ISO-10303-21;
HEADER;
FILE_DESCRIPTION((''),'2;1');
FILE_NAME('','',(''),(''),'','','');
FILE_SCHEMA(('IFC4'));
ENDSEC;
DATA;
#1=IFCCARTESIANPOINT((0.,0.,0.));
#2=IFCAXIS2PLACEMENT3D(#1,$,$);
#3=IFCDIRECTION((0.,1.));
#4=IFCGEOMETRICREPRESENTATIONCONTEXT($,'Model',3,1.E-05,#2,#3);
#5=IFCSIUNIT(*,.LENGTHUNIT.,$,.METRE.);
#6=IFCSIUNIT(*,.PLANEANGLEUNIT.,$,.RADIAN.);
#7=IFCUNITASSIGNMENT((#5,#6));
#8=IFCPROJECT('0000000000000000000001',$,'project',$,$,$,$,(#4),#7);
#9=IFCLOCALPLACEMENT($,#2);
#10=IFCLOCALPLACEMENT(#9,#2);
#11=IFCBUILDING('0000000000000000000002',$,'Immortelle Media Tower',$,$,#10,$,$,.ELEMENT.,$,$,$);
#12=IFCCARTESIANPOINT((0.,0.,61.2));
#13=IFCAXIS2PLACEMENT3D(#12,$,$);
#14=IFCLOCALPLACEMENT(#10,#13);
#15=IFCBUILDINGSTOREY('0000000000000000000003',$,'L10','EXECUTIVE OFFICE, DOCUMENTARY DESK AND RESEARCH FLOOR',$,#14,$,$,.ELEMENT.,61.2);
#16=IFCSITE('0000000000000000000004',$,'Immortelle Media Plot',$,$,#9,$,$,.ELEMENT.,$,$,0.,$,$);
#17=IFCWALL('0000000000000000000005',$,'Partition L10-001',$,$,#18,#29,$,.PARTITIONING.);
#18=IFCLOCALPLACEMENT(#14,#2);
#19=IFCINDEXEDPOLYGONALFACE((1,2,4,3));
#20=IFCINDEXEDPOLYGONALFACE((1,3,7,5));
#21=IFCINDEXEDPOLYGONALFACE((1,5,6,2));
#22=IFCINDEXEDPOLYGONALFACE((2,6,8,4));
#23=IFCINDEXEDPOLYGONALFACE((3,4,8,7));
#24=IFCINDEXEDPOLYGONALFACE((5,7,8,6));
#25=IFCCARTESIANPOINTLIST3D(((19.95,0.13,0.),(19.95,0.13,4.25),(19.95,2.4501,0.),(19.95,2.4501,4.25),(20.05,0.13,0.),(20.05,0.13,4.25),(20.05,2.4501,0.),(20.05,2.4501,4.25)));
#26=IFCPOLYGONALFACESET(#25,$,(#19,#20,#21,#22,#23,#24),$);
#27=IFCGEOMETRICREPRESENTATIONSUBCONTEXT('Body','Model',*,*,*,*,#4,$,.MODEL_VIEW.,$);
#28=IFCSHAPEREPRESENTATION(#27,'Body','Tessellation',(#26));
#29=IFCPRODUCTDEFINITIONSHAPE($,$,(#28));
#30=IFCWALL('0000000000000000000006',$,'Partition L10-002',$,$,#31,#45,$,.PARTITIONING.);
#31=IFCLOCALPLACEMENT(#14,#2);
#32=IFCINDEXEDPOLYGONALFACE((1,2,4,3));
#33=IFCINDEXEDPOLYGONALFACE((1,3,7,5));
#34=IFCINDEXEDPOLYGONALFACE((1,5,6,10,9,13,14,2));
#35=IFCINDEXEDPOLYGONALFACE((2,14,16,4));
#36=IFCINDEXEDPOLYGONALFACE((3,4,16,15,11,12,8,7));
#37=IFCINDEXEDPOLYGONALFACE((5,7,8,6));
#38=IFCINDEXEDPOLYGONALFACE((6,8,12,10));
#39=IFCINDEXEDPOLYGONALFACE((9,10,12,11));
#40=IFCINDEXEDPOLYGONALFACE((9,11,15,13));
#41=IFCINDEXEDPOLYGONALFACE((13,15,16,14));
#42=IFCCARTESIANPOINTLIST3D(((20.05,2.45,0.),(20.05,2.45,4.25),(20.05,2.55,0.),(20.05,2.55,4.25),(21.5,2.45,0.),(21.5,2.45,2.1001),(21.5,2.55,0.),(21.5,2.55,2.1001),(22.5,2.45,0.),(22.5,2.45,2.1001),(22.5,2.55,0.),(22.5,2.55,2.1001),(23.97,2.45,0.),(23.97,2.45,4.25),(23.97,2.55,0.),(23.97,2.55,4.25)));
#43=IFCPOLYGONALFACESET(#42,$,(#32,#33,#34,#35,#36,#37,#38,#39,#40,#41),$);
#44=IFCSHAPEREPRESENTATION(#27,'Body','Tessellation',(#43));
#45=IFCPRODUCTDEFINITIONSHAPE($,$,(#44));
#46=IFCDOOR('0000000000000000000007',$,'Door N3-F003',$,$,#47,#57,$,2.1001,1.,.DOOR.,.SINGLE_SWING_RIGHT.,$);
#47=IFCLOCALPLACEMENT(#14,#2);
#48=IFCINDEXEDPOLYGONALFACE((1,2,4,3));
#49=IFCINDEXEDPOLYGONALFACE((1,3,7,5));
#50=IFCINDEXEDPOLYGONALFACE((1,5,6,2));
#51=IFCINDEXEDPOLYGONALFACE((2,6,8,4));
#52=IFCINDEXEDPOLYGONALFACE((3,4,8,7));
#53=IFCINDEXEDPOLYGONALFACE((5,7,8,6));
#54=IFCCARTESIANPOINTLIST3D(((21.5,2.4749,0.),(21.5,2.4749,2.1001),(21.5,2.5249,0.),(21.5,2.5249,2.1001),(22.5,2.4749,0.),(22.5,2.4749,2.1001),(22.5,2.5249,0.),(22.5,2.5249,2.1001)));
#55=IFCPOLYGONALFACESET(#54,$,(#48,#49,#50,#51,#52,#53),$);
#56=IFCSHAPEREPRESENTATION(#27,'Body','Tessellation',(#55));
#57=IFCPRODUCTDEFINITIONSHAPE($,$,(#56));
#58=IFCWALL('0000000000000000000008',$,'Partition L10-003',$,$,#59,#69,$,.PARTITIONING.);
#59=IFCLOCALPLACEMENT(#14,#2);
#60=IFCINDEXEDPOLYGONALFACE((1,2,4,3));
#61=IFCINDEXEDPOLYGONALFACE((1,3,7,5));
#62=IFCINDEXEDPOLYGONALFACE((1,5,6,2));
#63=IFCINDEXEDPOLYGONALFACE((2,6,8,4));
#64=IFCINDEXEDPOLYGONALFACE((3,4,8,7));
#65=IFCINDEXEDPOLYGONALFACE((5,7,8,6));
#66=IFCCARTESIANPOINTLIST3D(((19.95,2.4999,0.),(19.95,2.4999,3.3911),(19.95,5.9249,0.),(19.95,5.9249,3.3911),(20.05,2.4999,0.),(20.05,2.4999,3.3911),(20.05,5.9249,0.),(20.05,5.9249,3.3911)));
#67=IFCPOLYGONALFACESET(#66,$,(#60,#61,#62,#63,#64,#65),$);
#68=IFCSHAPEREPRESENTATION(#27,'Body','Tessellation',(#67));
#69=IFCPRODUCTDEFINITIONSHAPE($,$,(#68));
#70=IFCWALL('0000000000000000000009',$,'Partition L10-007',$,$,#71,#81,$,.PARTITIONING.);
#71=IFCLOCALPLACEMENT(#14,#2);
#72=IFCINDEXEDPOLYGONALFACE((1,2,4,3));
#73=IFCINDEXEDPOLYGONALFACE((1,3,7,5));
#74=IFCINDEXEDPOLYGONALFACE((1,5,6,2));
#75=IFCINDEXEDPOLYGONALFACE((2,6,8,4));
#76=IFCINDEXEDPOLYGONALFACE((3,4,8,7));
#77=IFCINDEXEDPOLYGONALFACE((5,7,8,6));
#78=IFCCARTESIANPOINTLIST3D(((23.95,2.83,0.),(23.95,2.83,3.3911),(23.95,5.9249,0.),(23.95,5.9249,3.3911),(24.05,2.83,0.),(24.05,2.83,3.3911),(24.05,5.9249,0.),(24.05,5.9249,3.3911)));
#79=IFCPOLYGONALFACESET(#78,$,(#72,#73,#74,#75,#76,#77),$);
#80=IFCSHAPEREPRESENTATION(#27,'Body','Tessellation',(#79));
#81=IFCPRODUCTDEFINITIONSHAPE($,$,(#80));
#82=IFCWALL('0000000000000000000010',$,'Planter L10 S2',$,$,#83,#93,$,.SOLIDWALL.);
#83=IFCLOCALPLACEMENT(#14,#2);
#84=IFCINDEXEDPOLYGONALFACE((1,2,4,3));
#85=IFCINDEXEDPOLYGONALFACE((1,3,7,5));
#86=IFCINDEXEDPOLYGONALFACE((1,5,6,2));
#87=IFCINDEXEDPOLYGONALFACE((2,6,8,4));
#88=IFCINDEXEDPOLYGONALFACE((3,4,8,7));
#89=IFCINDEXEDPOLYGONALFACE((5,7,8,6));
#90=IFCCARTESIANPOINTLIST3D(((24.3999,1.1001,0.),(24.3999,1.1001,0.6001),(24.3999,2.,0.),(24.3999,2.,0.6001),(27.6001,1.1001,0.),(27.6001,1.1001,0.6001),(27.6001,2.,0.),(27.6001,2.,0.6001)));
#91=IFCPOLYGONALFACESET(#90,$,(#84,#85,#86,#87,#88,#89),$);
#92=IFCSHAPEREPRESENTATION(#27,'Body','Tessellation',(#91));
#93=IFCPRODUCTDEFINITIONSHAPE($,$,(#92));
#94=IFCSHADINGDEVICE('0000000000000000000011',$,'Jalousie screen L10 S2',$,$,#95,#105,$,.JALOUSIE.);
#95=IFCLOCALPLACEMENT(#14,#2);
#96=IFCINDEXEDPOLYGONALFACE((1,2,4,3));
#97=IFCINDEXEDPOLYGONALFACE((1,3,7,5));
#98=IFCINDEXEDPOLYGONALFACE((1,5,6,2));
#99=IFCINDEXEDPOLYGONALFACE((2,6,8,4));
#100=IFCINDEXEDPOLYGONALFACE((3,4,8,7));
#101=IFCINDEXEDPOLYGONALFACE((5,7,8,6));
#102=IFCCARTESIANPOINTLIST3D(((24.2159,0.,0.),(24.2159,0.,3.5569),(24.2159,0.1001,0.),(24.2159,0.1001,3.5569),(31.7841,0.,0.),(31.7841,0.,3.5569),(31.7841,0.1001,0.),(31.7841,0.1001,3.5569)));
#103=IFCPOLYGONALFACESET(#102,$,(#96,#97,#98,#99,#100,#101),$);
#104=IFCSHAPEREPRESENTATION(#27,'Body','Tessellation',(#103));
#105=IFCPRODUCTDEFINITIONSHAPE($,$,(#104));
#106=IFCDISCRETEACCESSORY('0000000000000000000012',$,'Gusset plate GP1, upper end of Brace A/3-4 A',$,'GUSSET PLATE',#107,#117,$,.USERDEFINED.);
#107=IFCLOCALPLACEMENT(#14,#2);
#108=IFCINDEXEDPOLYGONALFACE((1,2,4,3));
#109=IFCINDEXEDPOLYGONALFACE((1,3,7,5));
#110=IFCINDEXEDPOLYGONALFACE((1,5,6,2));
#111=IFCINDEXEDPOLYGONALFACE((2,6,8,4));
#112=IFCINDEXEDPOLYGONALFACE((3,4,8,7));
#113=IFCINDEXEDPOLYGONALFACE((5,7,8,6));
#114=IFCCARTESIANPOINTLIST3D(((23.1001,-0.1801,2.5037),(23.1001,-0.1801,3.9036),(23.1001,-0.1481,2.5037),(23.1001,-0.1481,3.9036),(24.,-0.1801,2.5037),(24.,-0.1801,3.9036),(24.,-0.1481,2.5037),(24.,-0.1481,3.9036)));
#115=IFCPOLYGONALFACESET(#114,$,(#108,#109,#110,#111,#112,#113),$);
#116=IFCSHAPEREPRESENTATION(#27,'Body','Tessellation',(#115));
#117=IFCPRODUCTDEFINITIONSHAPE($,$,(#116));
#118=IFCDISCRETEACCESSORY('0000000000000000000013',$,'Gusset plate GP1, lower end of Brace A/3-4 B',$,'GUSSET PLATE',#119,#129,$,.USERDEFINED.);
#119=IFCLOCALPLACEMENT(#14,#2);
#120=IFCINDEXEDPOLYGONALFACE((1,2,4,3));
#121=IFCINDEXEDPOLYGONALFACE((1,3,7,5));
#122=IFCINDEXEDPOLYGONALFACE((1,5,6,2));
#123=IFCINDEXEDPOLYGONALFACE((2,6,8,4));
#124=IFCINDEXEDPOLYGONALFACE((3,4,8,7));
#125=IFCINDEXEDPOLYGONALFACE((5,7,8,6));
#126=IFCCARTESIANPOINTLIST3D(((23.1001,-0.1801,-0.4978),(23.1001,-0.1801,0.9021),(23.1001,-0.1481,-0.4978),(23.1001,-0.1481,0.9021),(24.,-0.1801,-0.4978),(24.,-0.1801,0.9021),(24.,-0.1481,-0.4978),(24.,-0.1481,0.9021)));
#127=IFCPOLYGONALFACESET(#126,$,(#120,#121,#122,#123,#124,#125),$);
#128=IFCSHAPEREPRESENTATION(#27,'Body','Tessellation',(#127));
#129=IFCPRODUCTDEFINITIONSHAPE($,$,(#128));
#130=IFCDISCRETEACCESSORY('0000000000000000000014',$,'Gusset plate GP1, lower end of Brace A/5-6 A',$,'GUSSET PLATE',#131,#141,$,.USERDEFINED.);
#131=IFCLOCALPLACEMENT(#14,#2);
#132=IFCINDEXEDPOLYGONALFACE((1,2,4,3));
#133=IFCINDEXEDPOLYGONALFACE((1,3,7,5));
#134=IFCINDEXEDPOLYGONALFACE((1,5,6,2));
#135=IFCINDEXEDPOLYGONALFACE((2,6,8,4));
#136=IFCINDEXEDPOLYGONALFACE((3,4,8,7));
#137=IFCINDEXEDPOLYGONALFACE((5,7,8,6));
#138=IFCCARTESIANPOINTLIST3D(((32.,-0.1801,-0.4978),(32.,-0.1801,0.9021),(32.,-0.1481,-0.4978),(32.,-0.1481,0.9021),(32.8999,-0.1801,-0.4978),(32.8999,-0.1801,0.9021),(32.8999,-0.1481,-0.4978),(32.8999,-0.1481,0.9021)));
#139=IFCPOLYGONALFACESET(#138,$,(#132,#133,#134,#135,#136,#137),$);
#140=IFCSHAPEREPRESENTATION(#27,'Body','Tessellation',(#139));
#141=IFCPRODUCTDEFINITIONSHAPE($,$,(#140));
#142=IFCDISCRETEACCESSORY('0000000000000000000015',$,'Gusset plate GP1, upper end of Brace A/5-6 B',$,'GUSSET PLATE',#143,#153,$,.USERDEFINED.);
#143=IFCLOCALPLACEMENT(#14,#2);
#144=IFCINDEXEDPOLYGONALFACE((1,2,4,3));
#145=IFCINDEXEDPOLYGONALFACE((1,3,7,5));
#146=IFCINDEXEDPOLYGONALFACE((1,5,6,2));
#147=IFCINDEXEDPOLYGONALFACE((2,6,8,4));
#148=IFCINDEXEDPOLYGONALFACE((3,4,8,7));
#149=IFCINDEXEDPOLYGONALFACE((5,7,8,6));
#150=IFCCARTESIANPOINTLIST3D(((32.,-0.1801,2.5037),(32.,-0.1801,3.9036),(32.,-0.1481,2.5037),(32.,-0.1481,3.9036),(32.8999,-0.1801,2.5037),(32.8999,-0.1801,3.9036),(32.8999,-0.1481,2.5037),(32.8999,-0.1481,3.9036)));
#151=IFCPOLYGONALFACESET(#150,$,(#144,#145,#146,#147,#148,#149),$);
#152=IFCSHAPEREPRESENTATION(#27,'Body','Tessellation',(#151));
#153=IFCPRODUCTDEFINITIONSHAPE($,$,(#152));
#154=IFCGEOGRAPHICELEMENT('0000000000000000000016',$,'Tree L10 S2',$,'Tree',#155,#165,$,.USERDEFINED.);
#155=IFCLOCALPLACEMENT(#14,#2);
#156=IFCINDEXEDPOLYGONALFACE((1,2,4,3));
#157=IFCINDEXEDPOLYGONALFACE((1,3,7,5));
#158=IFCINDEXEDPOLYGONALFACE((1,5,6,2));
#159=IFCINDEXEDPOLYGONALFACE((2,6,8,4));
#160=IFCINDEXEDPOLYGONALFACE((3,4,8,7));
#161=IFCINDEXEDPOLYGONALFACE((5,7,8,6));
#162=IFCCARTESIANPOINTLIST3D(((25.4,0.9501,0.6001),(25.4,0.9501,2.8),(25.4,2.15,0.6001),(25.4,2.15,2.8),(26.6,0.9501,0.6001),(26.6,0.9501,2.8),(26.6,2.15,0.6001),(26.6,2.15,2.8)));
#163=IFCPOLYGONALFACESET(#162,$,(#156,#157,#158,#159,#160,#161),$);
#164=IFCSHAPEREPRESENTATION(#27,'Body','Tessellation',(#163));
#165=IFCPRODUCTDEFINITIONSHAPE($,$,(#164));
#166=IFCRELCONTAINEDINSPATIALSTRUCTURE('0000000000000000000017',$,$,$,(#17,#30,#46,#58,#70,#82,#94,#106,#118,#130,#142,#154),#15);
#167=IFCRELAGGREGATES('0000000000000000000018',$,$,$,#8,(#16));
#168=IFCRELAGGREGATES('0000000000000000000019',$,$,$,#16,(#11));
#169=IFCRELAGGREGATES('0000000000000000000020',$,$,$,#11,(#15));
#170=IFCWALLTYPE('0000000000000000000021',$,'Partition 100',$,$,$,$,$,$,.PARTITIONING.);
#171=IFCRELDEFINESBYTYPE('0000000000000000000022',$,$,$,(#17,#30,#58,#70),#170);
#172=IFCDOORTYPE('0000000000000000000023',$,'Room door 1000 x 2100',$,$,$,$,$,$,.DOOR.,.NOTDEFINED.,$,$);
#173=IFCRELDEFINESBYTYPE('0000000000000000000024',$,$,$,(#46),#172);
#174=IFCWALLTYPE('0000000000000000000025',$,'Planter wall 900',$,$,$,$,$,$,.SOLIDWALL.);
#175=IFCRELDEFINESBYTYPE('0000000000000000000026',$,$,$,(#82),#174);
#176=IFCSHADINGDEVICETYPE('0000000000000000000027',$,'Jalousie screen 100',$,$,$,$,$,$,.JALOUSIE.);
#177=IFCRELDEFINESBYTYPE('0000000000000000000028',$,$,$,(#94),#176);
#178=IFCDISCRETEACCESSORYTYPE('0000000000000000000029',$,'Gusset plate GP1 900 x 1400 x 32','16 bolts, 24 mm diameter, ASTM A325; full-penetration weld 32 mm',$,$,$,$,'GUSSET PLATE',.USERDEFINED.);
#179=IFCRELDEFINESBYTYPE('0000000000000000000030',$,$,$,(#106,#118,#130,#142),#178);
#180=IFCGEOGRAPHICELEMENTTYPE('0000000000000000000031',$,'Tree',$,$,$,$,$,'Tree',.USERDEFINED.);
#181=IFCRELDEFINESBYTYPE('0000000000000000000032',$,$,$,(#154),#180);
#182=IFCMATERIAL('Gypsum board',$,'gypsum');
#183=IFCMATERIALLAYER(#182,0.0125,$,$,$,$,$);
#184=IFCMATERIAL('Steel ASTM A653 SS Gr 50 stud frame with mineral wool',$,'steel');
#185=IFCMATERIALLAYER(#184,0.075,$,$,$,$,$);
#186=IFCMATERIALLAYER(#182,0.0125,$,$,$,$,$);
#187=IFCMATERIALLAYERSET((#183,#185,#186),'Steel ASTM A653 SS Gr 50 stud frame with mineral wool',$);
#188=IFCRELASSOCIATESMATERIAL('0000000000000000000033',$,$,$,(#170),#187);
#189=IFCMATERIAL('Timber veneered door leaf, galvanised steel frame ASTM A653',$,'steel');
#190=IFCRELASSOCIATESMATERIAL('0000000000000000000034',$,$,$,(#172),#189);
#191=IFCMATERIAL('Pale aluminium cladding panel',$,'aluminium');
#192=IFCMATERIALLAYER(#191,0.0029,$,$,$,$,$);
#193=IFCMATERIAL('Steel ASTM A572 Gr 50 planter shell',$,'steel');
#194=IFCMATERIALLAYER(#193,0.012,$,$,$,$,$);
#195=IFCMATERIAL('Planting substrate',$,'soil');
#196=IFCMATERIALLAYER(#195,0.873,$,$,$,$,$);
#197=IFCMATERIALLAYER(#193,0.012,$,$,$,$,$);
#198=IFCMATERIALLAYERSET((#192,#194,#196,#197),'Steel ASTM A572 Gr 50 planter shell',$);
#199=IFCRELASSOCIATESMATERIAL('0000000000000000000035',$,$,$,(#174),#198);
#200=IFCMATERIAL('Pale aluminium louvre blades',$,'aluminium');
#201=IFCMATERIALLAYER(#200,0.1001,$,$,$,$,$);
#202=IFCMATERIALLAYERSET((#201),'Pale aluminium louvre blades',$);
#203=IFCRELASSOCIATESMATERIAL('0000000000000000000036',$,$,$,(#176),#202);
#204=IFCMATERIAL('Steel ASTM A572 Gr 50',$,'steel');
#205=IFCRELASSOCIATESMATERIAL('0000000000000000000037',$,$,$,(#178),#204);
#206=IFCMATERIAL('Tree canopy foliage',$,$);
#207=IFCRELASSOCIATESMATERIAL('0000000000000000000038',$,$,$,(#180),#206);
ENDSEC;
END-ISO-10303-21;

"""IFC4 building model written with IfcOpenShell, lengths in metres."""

from ifc_helpers import new_model, si_unit, direction, frame, frame_2d, origin, origin_2d, place, context, subcontext, project, spatial, rectangle, extrude, material, layer, layer_set, material_profile, profile_set, type_object, element, fill, save


model = new_model("IFC4")

# Units and contexts
model_context = context("Model", 3, precision=1e-05, world=origin(), true_north=direction((0.0, 1.0)))
body_context = subcontext(model_context, "Body", "Model", "MODEL_VIEW")
ifc_project = project(units=[si_unit("LENGTHUNIT", "METRE"), si_unit("PLANEANGLEUNIT", "RADIAN")], contexts=[model_context])

# Site, building, storey
site_placement = place(None, origin())
site = spatial("IfcSite", under=ifc_project, at=site_placement, Name="Immortelle Media Plot", CompositionType="ELEMENT", RefElevation=0.0)
building_placement = place(site_placement, origin())
building = spatial("IfcBuilding", under=site, at=building_placement, Name="Immortelle Media Tower", CompositionType="ELEMENT")
storey_placement = place(building_placement, frame((0.0, 0.0, 61.2)))
storey = spatial("IfcBuildingStorey", under=building, at=storey_placement, Name="L10", Description="EXECUTIVE OFFICE, DOCUMENTARY DESK AND RESEARCH FLOOR", CompositionType="ELEMENT", Elevation=61.2)

# Shared definitions
ifc_material_1 = material(Name="Steel ASTM A653 SS Gr 50 stud frame with mineral wool", Category="steel")

# Shared definitions
ifc_material_2 = material(Name="Pale aluminium cladding panel", Category="aluminium")

# Wall
ifc_material_3 = material(Name="Gypsum board", Category="gypsum")
ifc_layer_1 = layer(ifc_material_3, 0.0125)
ifc_layer_2 = layer(ifc_material_1, 0.075)
ifc_layer_3 = layer(ifc_material_3, 0.0125)
ifc_layer_set_1 = layer_set([ifc_layer_1, ifc_layer_2, ifc_layer_3], Name="Steel ASTM A653 SS Gr 50 stud frame with mineral wool")
wall_type_1 = type_object("IfcWallType", Name="Partition 100", PredefinedType="PARTITIONING", material=ifc_layer_set_1)
wall_1_placement = place(storey_placement, frame((20.0, 0.1299, 0.0), z_axis=(0.0, 0.0, 1.0), x_axis=(0.0, 1.0, 0.0)))
element("IfcWall", 1, at=wall_1_placement, inside=storey, type_object=wall_type_1, Name="Partition L10-001", PredefinedType="PARTITIONING", context=body_context, shape_type="SweptSolid", body=[
    extrude(rectangle(XDim=2.3201, YDim=0.1001, at=frame_2d((1.1602, 0.0))), origin(), (0.0, 0.0, 1.0), 4.25),
])

# Wall, opening, door
wall_2_placement = place(storey_placement, frame((20.05, 2.5, 0.0), z_axis=(0.0, 0.0, 1.0), x_axis=(1.0, 0.0, 0.0)))
wall_2 = element("IfcWall", 2, at=wall_2_placement, inside=storey, type_object=wall_type_1, Name="Partition L10-002", PredefinedType="PARTITIONING", context=body_context, shape_type="SweptSolid", body=[
    extrude(rectangle(XDim=3.9199, YDim=0.1001, at=frame_2d((1.96, 0.0))), origin(), (0.0, 0.0, 1.0), 4.25),
])
opening_1_placement = place(wall_2_placement, frame((1.45, 0.0, 0.0)))
opening_1 = element("IfcOpeningElement", 3, at=opening_1_placement, cuts=wall_2, PredefinedType="OPENING", context=body_context, shape_type="SweptSolid", body=[
    extrude(rectangle(XDim=1.0, YDim=2.1001, at=frame_2d((0.5, 1.05))), frame((0.0, 0.0601, 0.0), z_axis=(0.0, -1.0, 0.0), x_axis=(1.0, 0.0, 0.0)), (0.0, 0.0, 1.0), 0.1201),
])
ifc_material_4 = material(Name="Timber veneered door leaf, galvanised steel frame ASTM A653", Category="steel")
door_type_1 = type_object("IfcDoorType", Name="Room door 1000 x 2100", OperationType="NOTDEFINED", PredefinedType="DOOR", material=ifc_material_4)
door_1_placement = place(opening_1_placement, origin())
door_1 = element("IfcDoor", 4, at=door_1_placement, inside=storey, type_object=door_type_1, Name="Door N3-F003", OperationType="SINGLE_SWING_RIGHT", OverallHeight=2.1001, OverallWidth=1.0, PredefinedType="DOOR", context=body_context, shape_type="SweptSolid", body=[
    extrude(rectangle(XDim=1.0, YDim=2.1001, at=frame_2d((0.5, 1.05))), frame((0.0, 0.0249, 0.0), z_axis=(0.0, -1.0, 0.0), x_axis=(1.0, 0.0, 0.0)), (0.0, 0.0, 1.0), 0.05),
])
fill(opening_1, door_1)

# Walls
wall_3_placement = place(storey_placement, frame((20.0, 2.5, 0.0), z_axis=(0.0, 0.0, 1.0), x_axis=(0.0, 1.0, 0.0)))
element("IfcWall", 5, at=wall_3_placement, inside=storey, type_object=wall_type_1, Name="Partition L10-003", PredefinedType="PARTITIONING", context=body_context, shape_type="SweptSolid", body=[
    extrude(rectangle(XDim=3.425, YDim=0.1001, at=frame_2d((1.7124, 0.0))), origin(), (0.0, 0.0, 1.0), 3.3911),
])
wall_4_placement = place(storey_placement, frame((24.0, 2.8301, 0.0), z_axis=(0.0, 0.0, 1.0), x_axis=(0.0, 1.0, 0.0)))
element("IfcWall", 6, at=wall_4_placement, inside=storey, type_object=wall_type_1, Name="Partition L10-007", PredefinedType="PARTITIONING", context=body_context, shape_type="SweptSolid", body=[
    extrude(rectangle(XDim=3.095, YDim=0.1001, at=frame_2d((1.5474, 0.0))), origin(), (0.0, 0.0, 1.0), 3.3911),
])
ifc_layer_4 = layer(ifc_material_2, 0.0029)
ifc_material_5 = material(Name="Steel ASTM A572 Gr 50 planter shell", Category="steel")
ifc_layer_5 = layer(ifc_material_5, 0.012)
ifc_material_6 = material(Name="Planting substrate", Category="soil")
ifc_layer_6 = layer(ifc_material_6, 0.873)
ifc_layer_7 = layer(ifc_material_5, 0.012)
ifc_layer_set_2 = layer_set([ifc_layer_4, ifc_layer_5, ifc_layer_6, ifc_layer_7], Name="Steel ASTM A572 Gr 50 planter shell")
wall_type_2 = type_object("IfcWallType", Name="Planter wall 900", PredefinedType="SOLIDWALL", material=ifc_layer_set_2)
wall_5_placement = place(storey_placement, frame((24.3999, 1.55, 0.0), z_axis=(0.0, 0.0, 1.0), x_axis=(1.0, 0.0, 0.0)))
element("IfcWall", 7, at=wall_5_placement, inside=storey, type_object=wall_type_2, Name="Planter L10 S2", PredefinedType="SOLIDWALL", context=body_context, shape_type="SweptSolid", body=[
    extrude(rectangle(XDim=3.2002, YDim=0.8999, at=frame_2d((1.6001, 0.0))), origin(), (0.0, 0.0, 1.0), 0.6001),
])

# Shading device
ifc_material_7 = material(Name="Pale aluminium louvre blades", Category="aluminium")
ifc_layer_8 = layer(ifc_material_7, 0.1001)
ifc_layer_set_3 = layer_set([ifc_layer_8], Name="Pale aluminium louvre blades")
shading_device_type = type_object("IfcShadingDeviceType", Name="Jalousie screen 100", PredefinedType="JALOUSIE", material=ifc_layer_set_3)
shading_device_placement = place(storey_placement, frame((28.0, 0.05, 0.0), z_axis=(0.0, 0.0, 1.0), x_axis=(1.0, 0.0, 0.0)))
element("IfcShadingDevice", 8, at=shading_device_placement, inside=storey, type_object=shading_device_type, Name="Jalousie screen L10 S2", PredefinedType="JALOUSIE", context=body_context, shape_type="SweptSolid", body=[
    extrude(rectangle(XDim=7.5681, YDim=0.1001, at=origin_2d()), origin(), (0.0, 0.0, 1.0), 3.5569),
])

# Discrete accessories
ifc_material_8 = material(Name="Steel ASTM A572 Gr 50", Category="steel")
ifc_material_profile_1 = material_profile(ifc_material_8, rectangle(XDim=0.032, YDim=1.3999, at=origin_2d()), Name="PL 32 x 1400")
ifc_profile_set_1 = profile_set([ifc_material_profile_1], Name="Steel ASTM A572 Gr 50")
discrete_accessory_type = type_object("IfcDiscreteAccessoryType", Name="Gusset plate GP1 900 x 1400 x 32", Description="16 bolts, 24 mm diameter, ASTM A325; full-penetration weld 32 mm", ElementType="GUSSET PLATE", PredefinedType="USERDEFINED", material=ifc_profile_set_1)
for number, where, z_axis, x_axis, name in (
    (9, (24.0, -0.1641, 3.2036), (-1.0, 0.0, 0.0), (0.0, -1.0, 0.0), "Gusset plate GP1, upper end of Brace A/3-4 A"),
    (10, (24.0, -0.1641, 0.2021), (-1.0, 0.0, 0.0), (0.0, -1.0, 0.0), "Gusset plate GP1, lower end of Brace A/3-4 B"),
    (11, (32.0, -0.1641, 0.2021), (1.0, 0.0, 0.0), (0.0, 1.0, 0.0), "Gusset plate GP1, lower end of Brace A/5-6 A"),
    (12, (32.0, -0.1641, 3.2036), (1.0, 0.0, 0.0), (0.0, 1.0, 0.0), "Gusset plate GP1, upper end of Brace A/5-6 B"),
):
    element("IfcDiscreteAccessory", number, at=place(storey_placement, frame(where, z_axis=z_axis, x_axis=x_axis)), inside=storey, type_object=discrete_accessory_type, Name=name, ObjectType="GUSSET PLATE", PredefinedType="USERDEFINED", context=body_context, shape_type="SweptSolid", body=[
        extrude(rectangle(XDim=0.032, YDim=1.3999, at=origin_2d()), origin(), (0.0, 0.0, 1.0), 0.8999),
    ])

# Geographic element
ifc_material_9 = material(Name="Tree canopy foliage")
geographic_element_type = type_object("IfcGeographicElementType", Name="Tree", ElementType="Tree", PredefinedType="USERDEFINED", material=ifc_material_9)
geographic_element_placement = place(storey_placement, frame((26.0, 1.55, 0.6001), z_axis=(0.0, 0.0, 1.0), x_axis=(1.0, 0.0, 0.0)))
element("IfcGeographicElement", 13, at=geographic_element_placement, inside=storey, type_object=geographic_element_type, Name="Tree L10 S2", ObjectType="Tree", PredefinedType="USERDEFINED", context=body_context, shape_type="SweptSolid", body=[
    extrude(rectangle(XDim=1.2, YDim=1.2, at=origin_2d()), origin(), (0.0, 0.0, 1.0), 2.2),
])

save(model, "model.ifc")
